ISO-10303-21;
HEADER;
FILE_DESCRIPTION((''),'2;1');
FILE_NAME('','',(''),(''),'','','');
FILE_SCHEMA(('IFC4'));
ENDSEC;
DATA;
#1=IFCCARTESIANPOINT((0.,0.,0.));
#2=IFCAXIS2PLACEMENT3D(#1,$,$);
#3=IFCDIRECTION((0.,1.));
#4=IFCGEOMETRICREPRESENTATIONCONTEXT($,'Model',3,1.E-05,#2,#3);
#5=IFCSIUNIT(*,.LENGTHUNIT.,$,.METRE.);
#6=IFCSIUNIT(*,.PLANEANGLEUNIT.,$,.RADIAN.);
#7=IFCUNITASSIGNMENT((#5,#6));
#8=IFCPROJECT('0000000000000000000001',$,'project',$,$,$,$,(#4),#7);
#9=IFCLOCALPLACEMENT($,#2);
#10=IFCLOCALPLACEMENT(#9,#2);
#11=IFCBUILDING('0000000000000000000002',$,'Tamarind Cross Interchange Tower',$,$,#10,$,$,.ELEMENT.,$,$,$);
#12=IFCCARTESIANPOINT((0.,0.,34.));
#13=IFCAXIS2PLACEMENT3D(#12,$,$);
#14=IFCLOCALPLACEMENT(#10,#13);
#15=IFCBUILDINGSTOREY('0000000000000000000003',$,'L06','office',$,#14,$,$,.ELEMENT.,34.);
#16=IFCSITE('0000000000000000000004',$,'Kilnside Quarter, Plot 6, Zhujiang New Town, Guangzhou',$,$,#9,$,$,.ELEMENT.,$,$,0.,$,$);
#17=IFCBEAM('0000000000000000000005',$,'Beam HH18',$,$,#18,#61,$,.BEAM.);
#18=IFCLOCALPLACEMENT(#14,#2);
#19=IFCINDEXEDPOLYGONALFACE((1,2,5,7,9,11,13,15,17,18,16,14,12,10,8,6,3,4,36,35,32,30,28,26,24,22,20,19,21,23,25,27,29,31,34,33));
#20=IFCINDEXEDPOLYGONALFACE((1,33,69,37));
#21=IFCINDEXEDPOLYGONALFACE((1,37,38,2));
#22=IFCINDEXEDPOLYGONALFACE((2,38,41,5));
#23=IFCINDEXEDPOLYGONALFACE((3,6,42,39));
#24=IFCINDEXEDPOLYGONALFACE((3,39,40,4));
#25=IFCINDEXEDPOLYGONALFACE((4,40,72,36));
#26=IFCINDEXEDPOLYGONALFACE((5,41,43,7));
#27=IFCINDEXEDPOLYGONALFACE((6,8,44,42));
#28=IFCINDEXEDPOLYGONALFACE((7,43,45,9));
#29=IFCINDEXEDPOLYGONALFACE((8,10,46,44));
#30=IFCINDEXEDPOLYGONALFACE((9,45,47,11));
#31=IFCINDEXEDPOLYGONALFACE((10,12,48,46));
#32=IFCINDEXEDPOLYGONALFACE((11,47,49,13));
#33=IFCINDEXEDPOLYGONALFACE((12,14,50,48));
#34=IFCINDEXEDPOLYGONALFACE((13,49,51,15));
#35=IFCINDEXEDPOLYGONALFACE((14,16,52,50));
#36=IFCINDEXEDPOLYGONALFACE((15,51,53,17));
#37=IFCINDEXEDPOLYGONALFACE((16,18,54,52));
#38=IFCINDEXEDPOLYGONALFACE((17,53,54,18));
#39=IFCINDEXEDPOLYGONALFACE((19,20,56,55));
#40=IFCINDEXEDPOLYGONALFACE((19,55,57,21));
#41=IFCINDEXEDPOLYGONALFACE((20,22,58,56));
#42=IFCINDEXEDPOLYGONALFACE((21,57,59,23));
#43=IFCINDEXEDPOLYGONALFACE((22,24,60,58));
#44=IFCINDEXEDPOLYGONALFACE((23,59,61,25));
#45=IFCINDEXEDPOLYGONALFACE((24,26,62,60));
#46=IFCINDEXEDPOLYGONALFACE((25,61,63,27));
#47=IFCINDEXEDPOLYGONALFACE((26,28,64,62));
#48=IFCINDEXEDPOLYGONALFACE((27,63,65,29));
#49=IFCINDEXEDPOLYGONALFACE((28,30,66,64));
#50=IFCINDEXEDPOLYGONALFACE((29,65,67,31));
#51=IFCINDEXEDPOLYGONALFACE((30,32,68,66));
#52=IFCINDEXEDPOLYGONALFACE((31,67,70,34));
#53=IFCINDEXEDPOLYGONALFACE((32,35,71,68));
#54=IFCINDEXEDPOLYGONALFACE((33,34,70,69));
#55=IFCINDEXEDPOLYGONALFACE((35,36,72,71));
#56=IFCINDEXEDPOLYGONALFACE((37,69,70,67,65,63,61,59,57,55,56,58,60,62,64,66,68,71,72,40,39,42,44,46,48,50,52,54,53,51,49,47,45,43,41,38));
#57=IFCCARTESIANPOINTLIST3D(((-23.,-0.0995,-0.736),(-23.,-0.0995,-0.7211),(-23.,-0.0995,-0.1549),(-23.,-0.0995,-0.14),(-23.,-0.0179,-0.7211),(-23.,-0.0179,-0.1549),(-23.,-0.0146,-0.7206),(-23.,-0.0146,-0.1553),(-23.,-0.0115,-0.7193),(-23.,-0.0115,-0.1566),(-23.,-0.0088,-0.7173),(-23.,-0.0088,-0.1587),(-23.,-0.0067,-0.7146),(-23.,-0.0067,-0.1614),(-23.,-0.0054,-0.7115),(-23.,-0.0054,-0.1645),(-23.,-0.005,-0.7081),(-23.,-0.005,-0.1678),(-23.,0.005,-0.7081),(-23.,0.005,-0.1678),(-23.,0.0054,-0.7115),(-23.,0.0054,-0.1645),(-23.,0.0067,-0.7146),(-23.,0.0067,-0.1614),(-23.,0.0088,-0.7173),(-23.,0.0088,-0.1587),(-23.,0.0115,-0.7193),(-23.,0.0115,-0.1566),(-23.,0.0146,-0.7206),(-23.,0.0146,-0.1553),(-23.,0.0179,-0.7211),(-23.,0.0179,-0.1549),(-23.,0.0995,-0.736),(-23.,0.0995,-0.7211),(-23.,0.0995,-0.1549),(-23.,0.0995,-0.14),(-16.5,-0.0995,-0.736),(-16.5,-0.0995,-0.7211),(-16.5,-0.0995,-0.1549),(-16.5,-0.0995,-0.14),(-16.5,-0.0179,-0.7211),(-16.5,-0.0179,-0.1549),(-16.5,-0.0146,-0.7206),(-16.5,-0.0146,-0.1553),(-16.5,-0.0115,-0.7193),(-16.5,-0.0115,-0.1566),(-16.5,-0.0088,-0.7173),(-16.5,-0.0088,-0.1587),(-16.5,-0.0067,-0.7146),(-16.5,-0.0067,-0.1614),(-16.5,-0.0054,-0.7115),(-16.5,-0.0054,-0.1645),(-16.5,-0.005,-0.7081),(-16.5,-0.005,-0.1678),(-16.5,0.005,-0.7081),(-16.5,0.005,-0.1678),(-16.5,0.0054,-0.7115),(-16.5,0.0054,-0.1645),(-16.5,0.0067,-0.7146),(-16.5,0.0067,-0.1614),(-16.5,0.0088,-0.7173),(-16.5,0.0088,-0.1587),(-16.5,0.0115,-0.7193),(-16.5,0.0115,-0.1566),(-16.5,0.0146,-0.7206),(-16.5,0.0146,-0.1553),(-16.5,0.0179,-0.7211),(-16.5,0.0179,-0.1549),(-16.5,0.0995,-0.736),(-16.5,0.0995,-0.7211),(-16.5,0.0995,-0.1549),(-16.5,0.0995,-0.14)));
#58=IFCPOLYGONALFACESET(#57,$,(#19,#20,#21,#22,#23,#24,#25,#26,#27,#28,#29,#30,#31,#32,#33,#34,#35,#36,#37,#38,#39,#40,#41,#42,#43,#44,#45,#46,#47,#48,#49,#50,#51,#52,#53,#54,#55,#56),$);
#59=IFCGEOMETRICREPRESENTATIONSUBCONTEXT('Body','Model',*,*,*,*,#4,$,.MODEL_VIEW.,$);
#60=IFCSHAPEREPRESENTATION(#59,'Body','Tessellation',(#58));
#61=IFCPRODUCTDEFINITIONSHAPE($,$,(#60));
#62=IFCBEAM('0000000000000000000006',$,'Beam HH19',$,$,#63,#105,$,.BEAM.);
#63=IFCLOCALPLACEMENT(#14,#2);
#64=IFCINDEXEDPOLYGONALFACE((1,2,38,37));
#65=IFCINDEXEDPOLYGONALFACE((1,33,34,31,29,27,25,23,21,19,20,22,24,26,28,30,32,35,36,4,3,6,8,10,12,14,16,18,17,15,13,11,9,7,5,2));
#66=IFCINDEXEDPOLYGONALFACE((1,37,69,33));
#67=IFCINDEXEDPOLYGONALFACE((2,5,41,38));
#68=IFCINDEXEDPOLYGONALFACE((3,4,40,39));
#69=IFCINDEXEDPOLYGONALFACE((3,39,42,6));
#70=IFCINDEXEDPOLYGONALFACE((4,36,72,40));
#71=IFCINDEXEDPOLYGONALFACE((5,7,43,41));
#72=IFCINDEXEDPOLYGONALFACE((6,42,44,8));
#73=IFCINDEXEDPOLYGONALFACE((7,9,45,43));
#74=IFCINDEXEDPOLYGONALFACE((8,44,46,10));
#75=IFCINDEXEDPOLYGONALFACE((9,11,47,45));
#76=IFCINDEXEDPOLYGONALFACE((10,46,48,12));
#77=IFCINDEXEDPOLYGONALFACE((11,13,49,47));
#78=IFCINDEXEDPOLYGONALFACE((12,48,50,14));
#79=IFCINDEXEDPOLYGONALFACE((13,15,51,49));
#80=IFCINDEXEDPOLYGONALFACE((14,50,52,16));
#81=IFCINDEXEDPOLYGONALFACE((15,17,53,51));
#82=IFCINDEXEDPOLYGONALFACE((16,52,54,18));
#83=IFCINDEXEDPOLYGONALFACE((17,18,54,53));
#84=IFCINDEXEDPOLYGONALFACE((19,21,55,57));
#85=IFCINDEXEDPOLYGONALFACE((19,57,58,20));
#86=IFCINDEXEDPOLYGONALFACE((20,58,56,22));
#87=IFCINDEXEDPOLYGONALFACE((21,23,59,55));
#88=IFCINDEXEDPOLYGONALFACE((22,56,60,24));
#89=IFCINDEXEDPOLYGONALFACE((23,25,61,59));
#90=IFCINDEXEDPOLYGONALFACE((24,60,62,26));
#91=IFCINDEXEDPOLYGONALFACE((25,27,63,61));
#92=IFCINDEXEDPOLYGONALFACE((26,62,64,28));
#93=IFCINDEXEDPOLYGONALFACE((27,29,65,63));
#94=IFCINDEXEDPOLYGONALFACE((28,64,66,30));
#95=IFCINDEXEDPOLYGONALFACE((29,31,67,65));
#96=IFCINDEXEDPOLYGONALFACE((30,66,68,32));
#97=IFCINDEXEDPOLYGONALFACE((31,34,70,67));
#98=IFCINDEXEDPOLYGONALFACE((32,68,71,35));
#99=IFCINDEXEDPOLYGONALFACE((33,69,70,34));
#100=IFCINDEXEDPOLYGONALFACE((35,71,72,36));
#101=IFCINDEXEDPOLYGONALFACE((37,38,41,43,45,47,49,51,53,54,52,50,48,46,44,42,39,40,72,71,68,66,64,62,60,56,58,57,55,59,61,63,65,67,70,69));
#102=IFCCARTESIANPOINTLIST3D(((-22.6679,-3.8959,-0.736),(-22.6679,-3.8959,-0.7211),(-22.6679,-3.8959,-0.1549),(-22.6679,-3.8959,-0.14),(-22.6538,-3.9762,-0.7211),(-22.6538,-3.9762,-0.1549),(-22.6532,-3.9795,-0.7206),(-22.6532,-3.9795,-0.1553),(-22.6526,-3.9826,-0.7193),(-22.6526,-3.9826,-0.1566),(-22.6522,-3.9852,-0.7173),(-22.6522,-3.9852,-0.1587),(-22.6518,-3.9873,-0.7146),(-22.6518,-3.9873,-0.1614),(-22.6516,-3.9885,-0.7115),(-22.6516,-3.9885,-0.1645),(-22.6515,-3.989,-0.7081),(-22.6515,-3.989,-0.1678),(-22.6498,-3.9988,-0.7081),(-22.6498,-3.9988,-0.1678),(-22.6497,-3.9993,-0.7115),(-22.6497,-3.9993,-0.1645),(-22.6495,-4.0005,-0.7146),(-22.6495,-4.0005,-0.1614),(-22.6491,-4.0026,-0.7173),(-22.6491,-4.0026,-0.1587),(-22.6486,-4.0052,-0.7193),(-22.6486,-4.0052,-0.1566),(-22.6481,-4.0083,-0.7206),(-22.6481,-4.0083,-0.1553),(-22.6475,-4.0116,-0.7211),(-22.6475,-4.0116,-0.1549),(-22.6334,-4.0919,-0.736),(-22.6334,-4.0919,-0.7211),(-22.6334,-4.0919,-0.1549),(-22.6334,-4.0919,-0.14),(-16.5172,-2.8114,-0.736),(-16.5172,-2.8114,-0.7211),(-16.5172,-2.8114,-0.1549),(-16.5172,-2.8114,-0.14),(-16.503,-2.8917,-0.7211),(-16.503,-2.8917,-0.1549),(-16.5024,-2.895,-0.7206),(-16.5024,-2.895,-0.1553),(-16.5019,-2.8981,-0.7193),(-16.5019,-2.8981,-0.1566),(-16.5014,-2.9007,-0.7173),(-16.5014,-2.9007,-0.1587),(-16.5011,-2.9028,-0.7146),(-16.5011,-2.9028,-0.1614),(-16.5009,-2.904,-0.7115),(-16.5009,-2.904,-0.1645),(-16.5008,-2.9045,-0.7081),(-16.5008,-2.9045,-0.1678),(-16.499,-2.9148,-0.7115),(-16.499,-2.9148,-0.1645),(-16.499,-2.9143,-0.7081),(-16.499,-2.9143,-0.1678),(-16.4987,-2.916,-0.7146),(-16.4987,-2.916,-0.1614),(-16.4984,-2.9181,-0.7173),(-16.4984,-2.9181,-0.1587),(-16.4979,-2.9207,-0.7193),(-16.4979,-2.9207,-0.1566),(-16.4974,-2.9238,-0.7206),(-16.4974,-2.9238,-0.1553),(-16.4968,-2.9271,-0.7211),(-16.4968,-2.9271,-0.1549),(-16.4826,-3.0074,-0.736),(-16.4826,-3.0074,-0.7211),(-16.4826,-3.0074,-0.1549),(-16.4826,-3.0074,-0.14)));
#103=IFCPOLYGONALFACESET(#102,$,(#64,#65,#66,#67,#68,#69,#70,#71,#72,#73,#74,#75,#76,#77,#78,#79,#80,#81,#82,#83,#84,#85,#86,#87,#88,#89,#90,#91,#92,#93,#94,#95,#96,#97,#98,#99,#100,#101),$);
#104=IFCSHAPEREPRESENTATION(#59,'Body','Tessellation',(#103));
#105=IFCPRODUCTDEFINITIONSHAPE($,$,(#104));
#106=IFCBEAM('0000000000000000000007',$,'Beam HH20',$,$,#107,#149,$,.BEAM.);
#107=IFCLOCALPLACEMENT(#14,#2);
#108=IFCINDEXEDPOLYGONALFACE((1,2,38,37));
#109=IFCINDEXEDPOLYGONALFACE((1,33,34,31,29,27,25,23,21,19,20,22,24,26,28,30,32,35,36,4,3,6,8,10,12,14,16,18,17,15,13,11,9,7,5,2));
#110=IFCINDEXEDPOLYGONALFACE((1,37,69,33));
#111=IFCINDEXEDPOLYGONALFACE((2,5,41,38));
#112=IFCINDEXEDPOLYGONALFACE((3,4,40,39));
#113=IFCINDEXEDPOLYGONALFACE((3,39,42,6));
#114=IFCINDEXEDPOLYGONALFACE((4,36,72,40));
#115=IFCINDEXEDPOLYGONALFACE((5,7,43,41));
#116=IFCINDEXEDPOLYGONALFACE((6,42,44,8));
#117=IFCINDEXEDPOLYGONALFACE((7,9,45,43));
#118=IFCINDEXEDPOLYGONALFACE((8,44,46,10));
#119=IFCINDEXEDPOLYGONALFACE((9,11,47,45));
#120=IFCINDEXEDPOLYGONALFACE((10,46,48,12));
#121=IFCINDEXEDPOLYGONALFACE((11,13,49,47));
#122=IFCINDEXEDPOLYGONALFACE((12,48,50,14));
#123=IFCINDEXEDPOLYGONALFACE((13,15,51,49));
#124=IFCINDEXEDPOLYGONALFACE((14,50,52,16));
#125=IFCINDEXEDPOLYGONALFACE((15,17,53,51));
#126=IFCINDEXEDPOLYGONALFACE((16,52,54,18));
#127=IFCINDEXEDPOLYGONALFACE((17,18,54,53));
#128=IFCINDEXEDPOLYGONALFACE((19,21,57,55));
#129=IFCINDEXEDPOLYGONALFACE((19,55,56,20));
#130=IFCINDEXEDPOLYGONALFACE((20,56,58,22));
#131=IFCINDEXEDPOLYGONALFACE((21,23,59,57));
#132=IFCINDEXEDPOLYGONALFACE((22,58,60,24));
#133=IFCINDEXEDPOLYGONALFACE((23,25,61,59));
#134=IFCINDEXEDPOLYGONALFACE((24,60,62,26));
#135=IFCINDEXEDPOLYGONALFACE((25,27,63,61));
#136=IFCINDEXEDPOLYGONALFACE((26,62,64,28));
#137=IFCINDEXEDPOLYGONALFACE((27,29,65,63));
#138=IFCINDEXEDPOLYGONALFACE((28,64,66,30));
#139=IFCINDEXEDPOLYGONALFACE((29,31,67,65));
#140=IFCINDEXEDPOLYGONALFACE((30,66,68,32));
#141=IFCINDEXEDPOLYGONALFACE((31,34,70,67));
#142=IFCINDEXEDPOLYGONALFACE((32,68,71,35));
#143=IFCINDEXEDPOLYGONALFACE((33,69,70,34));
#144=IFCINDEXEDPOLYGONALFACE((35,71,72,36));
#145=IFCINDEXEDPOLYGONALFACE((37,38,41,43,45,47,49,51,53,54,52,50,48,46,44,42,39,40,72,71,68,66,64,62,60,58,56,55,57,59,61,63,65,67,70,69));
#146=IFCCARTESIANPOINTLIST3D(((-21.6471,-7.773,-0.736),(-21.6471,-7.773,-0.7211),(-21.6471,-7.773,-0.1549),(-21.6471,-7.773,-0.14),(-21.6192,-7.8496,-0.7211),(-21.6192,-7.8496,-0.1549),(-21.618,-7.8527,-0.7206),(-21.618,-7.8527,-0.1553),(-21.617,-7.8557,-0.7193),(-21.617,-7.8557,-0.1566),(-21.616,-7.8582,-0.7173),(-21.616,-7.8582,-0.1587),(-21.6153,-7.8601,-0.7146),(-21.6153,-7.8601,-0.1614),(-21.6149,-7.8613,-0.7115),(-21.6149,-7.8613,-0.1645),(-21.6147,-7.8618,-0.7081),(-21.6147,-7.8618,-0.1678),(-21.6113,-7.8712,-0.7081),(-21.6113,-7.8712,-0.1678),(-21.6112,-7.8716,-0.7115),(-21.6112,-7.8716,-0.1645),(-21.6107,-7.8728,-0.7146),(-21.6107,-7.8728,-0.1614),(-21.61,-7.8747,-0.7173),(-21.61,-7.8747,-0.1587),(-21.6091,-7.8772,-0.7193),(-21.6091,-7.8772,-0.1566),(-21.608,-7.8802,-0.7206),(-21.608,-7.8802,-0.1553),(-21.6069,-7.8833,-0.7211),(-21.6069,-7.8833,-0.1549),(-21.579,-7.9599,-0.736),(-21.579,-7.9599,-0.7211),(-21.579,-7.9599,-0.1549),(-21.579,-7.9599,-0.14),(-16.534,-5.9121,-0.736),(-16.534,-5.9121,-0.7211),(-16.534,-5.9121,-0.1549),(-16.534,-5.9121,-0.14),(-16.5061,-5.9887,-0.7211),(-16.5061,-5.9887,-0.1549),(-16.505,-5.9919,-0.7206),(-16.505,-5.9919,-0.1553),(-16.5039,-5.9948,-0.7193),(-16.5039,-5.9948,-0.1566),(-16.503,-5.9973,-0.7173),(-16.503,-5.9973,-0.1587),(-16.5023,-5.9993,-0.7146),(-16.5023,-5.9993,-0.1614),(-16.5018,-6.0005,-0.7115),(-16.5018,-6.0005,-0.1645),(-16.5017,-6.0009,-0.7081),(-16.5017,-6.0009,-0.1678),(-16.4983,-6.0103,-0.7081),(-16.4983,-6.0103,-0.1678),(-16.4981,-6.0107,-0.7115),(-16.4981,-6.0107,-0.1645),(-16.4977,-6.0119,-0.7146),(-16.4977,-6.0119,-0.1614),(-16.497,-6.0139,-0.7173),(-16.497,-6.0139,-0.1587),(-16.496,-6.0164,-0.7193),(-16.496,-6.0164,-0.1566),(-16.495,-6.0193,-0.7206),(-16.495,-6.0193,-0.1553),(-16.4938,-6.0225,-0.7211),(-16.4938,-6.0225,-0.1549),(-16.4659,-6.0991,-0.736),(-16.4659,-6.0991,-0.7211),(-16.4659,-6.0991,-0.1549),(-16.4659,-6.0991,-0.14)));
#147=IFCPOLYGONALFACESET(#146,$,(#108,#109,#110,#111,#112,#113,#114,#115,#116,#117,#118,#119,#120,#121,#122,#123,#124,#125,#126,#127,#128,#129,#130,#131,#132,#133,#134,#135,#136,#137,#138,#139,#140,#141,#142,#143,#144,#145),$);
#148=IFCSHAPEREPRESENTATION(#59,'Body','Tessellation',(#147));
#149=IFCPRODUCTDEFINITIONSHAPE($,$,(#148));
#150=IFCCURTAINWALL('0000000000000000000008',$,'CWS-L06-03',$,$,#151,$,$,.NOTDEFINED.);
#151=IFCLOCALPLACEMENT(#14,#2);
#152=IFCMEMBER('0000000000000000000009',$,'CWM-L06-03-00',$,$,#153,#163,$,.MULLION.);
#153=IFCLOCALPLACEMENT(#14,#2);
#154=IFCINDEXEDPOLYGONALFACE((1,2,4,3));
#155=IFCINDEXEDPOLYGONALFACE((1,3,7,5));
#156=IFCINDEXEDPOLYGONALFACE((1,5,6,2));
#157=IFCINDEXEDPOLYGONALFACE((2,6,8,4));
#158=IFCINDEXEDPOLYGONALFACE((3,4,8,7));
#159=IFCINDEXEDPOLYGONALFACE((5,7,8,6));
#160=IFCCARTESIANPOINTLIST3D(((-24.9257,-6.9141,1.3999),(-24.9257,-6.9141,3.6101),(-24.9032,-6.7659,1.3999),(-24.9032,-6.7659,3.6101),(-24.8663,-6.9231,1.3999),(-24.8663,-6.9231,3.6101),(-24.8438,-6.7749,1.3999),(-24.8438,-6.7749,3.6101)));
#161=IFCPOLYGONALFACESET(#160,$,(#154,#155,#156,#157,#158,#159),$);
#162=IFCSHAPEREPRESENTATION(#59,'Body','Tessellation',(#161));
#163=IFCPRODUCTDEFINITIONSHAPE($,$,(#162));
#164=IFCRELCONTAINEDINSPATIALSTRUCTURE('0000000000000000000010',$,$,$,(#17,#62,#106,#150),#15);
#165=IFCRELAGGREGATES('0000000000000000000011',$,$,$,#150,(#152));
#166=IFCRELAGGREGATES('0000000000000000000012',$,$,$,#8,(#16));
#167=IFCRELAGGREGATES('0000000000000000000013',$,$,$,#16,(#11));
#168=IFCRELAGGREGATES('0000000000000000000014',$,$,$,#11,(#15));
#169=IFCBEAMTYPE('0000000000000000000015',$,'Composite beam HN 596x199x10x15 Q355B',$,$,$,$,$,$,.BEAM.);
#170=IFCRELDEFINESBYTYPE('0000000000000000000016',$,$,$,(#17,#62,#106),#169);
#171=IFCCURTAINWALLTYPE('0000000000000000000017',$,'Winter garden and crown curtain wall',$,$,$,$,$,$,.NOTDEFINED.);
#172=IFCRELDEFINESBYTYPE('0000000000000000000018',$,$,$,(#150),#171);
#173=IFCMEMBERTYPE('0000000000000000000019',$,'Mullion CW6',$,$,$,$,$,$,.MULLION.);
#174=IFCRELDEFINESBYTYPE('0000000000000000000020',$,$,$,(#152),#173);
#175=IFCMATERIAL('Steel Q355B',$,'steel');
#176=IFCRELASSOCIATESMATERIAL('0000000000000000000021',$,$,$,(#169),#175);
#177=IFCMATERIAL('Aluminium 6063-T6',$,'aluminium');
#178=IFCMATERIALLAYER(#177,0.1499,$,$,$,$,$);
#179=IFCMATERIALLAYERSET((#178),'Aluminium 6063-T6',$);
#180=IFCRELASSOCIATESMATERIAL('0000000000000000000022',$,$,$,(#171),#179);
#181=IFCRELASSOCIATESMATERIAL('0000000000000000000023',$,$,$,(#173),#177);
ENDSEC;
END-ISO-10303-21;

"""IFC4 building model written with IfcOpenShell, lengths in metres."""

from ifc_helpers import new_model, si_unit, direction, frame, origin, origin_2d, place, context, subcontext, project, spatial, rectangle, i_section, extrude, material, layer, layer_set, material_profile, profile_set, type_object, element, aggregate, save


model = new_model("IFC4")

# Units and contexts
model_context = context("Model", 3, precision=1e-05, world=origin(), true_north=direction((0.0, 1.0)))
body_context = subcontext(model_context, "Body", "Model", "MODEL_VIEW")
ifc_project = project(units=[si_unit("LENGTHUNIT", "METRE"), si_unit("PLANEANGLEUNIT", "RADIAN")], contexts=[model_context])

# Site, building, storey
site_placement = place(None, origin())
site = spatial("IfcSite", under=ifc_project, at=site_placement, Name="Kilnside Quarter, Plot 6, Zhujiang New Town, Guangzhou", CompositionType="ELEMENT", RefElevation=0.0)
building_placement = place(site_placement, origin())
building = spatial("IfcBuilding", under=site, at=building_placement, Name="Tamarind Cross Interchange Tower", CompositionType="ELEMENT")
storey_placement = place(building_placement, frame((0.0, 0.0, 34.0)))
storey = spatial("IfcBuildingStorey", under=building, at=storey_placement, Name="L06", Description="office", CompositionType="ELEMENT", Elevation=34.0)

# Beams
ifc_material_1 = material(Name="Steel Q355B", Category="steel")
ifc_material_profile_1 = material_profile(ifc_material_1, i_section(OverallWidth=0.199, OverallDepth=0.5959, WebThickness=0.01, FlangeThickness=0.0149, FilletRadius=0.0129, at=origin_2d()), Name="HN 596x199x10x15")
ifc_profile_set_1 = profile_set([ifc_material_profile_1], Name="Steel Q355B")
beam_type_1 = type_object("IfcBeamType", Name="Composite beam HN 596x199x10x15 Q355B", PredefinedType="BEAM", material=ifc_profile_set_1)
beam_1_placement = place(storey_placement, frame((-23.0, 0.0, -0.438), z_axis=(1.0, 0.0, 0.0), x_axis=(0.0, 1.0, 0.0)))
element("IfcBeam", 1, at=beam_1_placement, inside=storey, type_object=beam_type_1, Name="Beam HH18", PredefinedType="BEAM", context=body_context, shape_type="SweptSolid", body=[
    extrude(i_section(OverallWidth=0.199, OverallDepth=0.5959, WebThickness=0.01, FlangeThickness=0.0149, FilletRadius=0.0129, at=origin_2d()), origin(), (0.0, 0.0, 1.0), 6.5),
])
beam_2_placement = place(storey_placement, frame((-22.6506, -3.9939, -0.438), z_axis=(0.984809, 0.17364, 0.0), x_axis=(-0.17364, 0.984809, 0.0)))
element("IfcBeam", 2, at=beam_2_placement, inside=storey, type_object=beam_type_1, Name="Beam HH19", PredefinedType="BEAM", context=body_context, shape_type="SweptSolid", body=[
    extrude(i_section(OverallWidth=0.199, OverallDepth=0.5959, WebThickness=0.01, FlangeThickness=0.0149, FilletRadius=0.0129, at=origin_2d()), origin(), (0.0, 0.0, 1.0), 6.2456),
])
beam_3_placement = place(storey_placement, frame((-21.613, -7.8665, -0.438), z_axis=(0.939702, 0.341995, 0.0), x_axis=(-0.341995, 0.939702, 0.0)))
element("IfcBeam", 3, at=beam_3_placement, inside=storey, type_object=beam_type_1, Name="Beam HH20", PredefinedType="BEAM", context=body_context, shape_type="SweptSolid", body=[
    extrude(i_section(OverallWidth=0.199, OverallDepth=0.5959, WebThickness=0.01, FlangeThickness=0.0149, FilletRadius=0.0129, at=origin_2d()), origin(), (0.0, 0.0, 1.0), 5.4412),
])

# Curtain wall, member
ifc_material_2 = material(Name="Aluminium 6063-T6", Category="aluminium")
ifc_layer_1 = layer(ifc_material_2, 0.1499)
ifc_layer_set_1 = layer_set([ifc_layer_1], Name="Aluminium 6063-T6")
curtain_wall_type = type_object("IfcCurtainWallType", Name="Winter garden and crown curtain wall", PredefinedType="NOTDEFINED", material=ifc_layer_set_1)
curtain_wall_placement = place(storey_placement, origin())
curtain_wall = element("IfcCurtainWall", 4, at=curtain_wall_placement, inside=storey, type_object=curtain_wall_type, Name="CWS-L06-03", PredefinedType="NOTDEFINED")
ifc_material_profile_2 = material_profile(ifc_material_2, rectangle(XDim=0.0601, YDim=0.1499, at=origin_2d()), Name="Mullion CW6")
ifc_profile_set_2 = profile_set([ifc_material_profile_2], Name="Aluminium 6063-T6")
member_type = type_object("IfcMemberType", Name="Mullion CW6", PredefinedType="MULLION", material=ifc_profile_set_2)
member_placement = place(storey_placement, frame((-24.8848, -6.8445, 1.3999), z_axis=(0.0, 0.0, 1.0), x_axis=(0.988647, -0.150255, 0.0)))
member = element("IfcMember", 5, at=member_placement, type_object=member_type, Name="CWM-L06-03-00", PredefinedType="MULLION", context=body_context, shape_type="SweptSolid", body=[
    extrude(rectangle(XDim=0.0601, YDim=0.1499, at=origin_2d()), origin(), (0.0, 0.0, 1.0), 2.2102),
])
aggregate(curtain_wall, [member])

save(model, "model.ifc")
